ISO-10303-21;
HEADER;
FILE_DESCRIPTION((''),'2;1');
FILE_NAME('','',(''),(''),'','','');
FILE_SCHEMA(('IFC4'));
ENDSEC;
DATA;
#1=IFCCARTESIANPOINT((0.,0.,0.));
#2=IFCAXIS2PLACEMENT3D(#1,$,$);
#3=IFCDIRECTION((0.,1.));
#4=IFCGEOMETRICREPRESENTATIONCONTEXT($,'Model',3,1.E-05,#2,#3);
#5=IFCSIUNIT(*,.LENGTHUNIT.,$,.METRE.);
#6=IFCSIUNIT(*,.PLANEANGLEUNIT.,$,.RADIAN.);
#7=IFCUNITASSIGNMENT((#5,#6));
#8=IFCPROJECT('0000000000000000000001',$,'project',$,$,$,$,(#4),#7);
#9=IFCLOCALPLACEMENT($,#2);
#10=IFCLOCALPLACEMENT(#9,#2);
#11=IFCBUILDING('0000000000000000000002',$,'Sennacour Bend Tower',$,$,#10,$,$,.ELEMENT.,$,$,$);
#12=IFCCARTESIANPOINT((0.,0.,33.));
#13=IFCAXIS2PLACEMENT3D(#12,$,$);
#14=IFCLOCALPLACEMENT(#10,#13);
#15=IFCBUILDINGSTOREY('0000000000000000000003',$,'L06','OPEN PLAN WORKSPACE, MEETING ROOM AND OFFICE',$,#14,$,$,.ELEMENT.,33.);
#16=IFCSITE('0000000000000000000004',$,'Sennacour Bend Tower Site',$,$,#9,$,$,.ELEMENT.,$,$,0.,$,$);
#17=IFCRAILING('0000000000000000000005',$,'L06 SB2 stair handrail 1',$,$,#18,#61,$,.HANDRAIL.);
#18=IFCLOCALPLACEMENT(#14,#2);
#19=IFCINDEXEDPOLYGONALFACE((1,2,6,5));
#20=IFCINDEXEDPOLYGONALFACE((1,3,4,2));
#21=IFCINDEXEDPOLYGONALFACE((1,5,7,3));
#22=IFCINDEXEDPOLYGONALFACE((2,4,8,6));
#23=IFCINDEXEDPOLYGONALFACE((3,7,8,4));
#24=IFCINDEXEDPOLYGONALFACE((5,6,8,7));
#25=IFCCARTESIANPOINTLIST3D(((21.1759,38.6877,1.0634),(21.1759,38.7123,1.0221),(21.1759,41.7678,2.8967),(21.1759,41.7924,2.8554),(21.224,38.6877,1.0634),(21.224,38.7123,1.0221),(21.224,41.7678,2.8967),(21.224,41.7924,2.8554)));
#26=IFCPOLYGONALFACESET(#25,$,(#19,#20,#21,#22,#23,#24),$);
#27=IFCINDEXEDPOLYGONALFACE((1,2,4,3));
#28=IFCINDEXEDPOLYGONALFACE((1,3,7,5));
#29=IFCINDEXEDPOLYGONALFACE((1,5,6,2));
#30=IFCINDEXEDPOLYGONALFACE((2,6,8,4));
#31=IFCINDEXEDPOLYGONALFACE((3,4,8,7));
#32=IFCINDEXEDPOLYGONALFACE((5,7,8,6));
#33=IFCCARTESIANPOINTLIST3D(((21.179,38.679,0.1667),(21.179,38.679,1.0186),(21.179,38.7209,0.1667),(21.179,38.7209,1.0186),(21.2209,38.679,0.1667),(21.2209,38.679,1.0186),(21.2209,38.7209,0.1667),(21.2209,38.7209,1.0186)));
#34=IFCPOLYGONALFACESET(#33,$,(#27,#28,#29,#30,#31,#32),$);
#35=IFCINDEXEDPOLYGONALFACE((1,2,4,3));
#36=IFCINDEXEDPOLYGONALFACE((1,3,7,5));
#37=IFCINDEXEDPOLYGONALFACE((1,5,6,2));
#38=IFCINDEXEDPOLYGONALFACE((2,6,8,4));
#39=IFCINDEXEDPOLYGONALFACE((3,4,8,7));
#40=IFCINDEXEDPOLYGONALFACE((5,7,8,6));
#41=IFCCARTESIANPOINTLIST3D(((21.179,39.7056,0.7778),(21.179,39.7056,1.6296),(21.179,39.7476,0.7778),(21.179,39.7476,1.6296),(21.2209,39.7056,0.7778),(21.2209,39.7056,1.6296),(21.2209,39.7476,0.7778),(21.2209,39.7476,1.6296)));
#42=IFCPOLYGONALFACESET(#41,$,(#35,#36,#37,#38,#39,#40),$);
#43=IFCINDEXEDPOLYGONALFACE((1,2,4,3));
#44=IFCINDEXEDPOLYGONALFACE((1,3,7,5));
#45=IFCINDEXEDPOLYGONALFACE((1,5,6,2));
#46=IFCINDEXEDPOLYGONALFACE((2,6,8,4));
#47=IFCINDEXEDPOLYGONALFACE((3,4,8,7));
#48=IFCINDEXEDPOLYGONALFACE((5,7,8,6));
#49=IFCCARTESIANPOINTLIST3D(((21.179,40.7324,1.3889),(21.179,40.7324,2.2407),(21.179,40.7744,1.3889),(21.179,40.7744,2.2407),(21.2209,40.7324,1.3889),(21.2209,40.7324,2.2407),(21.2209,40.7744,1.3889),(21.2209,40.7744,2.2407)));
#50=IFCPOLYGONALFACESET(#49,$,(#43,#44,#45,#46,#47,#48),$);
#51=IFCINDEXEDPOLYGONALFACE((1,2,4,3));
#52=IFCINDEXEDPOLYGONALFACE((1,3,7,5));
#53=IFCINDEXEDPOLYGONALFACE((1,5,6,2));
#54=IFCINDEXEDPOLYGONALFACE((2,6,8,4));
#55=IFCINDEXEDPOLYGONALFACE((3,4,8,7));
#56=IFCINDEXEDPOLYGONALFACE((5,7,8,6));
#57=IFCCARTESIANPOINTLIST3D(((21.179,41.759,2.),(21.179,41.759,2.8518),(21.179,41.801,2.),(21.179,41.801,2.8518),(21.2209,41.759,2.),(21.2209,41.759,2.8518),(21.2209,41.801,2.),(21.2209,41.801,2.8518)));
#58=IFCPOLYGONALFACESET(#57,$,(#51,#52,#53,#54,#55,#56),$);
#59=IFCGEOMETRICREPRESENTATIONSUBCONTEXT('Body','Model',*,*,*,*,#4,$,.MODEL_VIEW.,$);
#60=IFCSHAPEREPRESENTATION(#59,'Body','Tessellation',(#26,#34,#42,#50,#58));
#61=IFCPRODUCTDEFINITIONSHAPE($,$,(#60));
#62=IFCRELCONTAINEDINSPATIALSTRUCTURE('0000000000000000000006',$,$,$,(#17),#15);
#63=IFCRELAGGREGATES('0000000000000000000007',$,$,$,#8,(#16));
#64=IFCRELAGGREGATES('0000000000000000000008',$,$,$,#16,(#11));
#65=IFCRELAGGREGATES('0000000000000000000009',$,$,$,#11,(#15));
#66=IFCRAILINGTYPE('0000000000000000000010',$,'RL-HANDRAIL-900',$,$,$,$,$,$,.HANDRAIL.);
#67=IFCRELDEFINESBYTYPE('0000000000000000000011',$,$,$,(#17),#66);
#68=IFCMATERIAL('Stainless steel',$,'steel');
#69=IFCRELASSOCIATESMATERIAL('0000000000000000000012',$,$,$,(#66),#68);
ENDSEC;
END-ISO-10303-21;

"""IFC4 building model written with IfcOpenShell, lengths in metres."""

from ifc_helpers import new_model, si_unit, direction, frame, origin, origin_2d, place, context, subcontext, project, spatial, rectangle, extrude, material, type_object, element, save


model = new_model("IFC4")

# Units and contexts
model_context = context("Model", 3, precision=1e-05, world=origin(), true_north=direction((0.0, 1.0)))
body_context = subcontext(model_context, "Body", "Model", "MODEL_VIEW")
ifc_project = project(units=[si_unit("LENGTHUNIT", "METRE"), si_unit("PLANEANGLEUNIT", "RADIAN")], contexts=[model_context])

# Site, building, storey
site_placement = place(None, origin())
site = spatial("IfcSite", under=ifc_project, at=site_placement, Name="Sennacour Bend Tower Site", CompositionType="ELEMENT", RefElevation=0.0)
building_placement = place(site_placement, origin())
building = spatial("IfcBuilding", under=site, at=building_placement, Name="Sennacour Bend Tower", CompositionType="ELEMENT")
storey_placement = place(building_placement, frame((0.0, 0.0, 33.0)))
storey = spatial("IfcBuildingStorey", under=building, at=storey_placement, Name="L06", Description="OPEN PLAN WORKSPACE, MEETING ROOM AND OFFICE", CompositionType="ELEMENT", Elevation=33.0)

# Railing
ifc_material_1 = material(Name="Stainless steel", Category="steel")
railing_type = type_object("IfcRailingType", Name="RL-HANDRAIL-900", PredefinedType="HANDRAIL", material=ifc_material_1)
railing_placement = place(storey_placement, frame((21.2, 38.7, 0.1667)))
element("IfcRailing", 1, at=railing_placement, inside=storey, type_object=railing_type, Name="L06 SB2 stair handrail 1", PredefinedType="HANDRAIL", context=body_context, shape_type="SweptSolid", body=[
    extrude(rectangle(XDim=0.0481, YDim=0.0481, at=origin_2d()), frame((0.0, 0.0, 0.876), z_axis=(0.0, 0.859309, 0.511458), x_axis=(-1.0, 0.0, 0.0)), (0.0, 0.0, 1.0), 3.5845),
    extrude(rectangle(XDim=0.042, YDim=0.042, at=origin_2d()), origin(), (0.0, 0.0, 1.0), 0.8518),
    extrude(rectangle(XDim=0.042, YDim=0.042, at=origin_2d()), frame((0.0, 1.0266, 0.6111)), (0.0, 0.0, 1.0), 0.8518),
    extrude(rectangle(XDim=0.042, YDim=0.042, at=origin_2d()), frame((0.0, 2.0535, 1.2222)), (0.0, 0.0, 1.0), 0.8518),
    extrude(rectangle(XDim=0.042, YDim=0.042, at=origin_2d()), frame((0.0, 3.0801, 1.8333)), (0.0, 0.0, 1.0), 0.8518),
])

save(model, "model.ifc")
